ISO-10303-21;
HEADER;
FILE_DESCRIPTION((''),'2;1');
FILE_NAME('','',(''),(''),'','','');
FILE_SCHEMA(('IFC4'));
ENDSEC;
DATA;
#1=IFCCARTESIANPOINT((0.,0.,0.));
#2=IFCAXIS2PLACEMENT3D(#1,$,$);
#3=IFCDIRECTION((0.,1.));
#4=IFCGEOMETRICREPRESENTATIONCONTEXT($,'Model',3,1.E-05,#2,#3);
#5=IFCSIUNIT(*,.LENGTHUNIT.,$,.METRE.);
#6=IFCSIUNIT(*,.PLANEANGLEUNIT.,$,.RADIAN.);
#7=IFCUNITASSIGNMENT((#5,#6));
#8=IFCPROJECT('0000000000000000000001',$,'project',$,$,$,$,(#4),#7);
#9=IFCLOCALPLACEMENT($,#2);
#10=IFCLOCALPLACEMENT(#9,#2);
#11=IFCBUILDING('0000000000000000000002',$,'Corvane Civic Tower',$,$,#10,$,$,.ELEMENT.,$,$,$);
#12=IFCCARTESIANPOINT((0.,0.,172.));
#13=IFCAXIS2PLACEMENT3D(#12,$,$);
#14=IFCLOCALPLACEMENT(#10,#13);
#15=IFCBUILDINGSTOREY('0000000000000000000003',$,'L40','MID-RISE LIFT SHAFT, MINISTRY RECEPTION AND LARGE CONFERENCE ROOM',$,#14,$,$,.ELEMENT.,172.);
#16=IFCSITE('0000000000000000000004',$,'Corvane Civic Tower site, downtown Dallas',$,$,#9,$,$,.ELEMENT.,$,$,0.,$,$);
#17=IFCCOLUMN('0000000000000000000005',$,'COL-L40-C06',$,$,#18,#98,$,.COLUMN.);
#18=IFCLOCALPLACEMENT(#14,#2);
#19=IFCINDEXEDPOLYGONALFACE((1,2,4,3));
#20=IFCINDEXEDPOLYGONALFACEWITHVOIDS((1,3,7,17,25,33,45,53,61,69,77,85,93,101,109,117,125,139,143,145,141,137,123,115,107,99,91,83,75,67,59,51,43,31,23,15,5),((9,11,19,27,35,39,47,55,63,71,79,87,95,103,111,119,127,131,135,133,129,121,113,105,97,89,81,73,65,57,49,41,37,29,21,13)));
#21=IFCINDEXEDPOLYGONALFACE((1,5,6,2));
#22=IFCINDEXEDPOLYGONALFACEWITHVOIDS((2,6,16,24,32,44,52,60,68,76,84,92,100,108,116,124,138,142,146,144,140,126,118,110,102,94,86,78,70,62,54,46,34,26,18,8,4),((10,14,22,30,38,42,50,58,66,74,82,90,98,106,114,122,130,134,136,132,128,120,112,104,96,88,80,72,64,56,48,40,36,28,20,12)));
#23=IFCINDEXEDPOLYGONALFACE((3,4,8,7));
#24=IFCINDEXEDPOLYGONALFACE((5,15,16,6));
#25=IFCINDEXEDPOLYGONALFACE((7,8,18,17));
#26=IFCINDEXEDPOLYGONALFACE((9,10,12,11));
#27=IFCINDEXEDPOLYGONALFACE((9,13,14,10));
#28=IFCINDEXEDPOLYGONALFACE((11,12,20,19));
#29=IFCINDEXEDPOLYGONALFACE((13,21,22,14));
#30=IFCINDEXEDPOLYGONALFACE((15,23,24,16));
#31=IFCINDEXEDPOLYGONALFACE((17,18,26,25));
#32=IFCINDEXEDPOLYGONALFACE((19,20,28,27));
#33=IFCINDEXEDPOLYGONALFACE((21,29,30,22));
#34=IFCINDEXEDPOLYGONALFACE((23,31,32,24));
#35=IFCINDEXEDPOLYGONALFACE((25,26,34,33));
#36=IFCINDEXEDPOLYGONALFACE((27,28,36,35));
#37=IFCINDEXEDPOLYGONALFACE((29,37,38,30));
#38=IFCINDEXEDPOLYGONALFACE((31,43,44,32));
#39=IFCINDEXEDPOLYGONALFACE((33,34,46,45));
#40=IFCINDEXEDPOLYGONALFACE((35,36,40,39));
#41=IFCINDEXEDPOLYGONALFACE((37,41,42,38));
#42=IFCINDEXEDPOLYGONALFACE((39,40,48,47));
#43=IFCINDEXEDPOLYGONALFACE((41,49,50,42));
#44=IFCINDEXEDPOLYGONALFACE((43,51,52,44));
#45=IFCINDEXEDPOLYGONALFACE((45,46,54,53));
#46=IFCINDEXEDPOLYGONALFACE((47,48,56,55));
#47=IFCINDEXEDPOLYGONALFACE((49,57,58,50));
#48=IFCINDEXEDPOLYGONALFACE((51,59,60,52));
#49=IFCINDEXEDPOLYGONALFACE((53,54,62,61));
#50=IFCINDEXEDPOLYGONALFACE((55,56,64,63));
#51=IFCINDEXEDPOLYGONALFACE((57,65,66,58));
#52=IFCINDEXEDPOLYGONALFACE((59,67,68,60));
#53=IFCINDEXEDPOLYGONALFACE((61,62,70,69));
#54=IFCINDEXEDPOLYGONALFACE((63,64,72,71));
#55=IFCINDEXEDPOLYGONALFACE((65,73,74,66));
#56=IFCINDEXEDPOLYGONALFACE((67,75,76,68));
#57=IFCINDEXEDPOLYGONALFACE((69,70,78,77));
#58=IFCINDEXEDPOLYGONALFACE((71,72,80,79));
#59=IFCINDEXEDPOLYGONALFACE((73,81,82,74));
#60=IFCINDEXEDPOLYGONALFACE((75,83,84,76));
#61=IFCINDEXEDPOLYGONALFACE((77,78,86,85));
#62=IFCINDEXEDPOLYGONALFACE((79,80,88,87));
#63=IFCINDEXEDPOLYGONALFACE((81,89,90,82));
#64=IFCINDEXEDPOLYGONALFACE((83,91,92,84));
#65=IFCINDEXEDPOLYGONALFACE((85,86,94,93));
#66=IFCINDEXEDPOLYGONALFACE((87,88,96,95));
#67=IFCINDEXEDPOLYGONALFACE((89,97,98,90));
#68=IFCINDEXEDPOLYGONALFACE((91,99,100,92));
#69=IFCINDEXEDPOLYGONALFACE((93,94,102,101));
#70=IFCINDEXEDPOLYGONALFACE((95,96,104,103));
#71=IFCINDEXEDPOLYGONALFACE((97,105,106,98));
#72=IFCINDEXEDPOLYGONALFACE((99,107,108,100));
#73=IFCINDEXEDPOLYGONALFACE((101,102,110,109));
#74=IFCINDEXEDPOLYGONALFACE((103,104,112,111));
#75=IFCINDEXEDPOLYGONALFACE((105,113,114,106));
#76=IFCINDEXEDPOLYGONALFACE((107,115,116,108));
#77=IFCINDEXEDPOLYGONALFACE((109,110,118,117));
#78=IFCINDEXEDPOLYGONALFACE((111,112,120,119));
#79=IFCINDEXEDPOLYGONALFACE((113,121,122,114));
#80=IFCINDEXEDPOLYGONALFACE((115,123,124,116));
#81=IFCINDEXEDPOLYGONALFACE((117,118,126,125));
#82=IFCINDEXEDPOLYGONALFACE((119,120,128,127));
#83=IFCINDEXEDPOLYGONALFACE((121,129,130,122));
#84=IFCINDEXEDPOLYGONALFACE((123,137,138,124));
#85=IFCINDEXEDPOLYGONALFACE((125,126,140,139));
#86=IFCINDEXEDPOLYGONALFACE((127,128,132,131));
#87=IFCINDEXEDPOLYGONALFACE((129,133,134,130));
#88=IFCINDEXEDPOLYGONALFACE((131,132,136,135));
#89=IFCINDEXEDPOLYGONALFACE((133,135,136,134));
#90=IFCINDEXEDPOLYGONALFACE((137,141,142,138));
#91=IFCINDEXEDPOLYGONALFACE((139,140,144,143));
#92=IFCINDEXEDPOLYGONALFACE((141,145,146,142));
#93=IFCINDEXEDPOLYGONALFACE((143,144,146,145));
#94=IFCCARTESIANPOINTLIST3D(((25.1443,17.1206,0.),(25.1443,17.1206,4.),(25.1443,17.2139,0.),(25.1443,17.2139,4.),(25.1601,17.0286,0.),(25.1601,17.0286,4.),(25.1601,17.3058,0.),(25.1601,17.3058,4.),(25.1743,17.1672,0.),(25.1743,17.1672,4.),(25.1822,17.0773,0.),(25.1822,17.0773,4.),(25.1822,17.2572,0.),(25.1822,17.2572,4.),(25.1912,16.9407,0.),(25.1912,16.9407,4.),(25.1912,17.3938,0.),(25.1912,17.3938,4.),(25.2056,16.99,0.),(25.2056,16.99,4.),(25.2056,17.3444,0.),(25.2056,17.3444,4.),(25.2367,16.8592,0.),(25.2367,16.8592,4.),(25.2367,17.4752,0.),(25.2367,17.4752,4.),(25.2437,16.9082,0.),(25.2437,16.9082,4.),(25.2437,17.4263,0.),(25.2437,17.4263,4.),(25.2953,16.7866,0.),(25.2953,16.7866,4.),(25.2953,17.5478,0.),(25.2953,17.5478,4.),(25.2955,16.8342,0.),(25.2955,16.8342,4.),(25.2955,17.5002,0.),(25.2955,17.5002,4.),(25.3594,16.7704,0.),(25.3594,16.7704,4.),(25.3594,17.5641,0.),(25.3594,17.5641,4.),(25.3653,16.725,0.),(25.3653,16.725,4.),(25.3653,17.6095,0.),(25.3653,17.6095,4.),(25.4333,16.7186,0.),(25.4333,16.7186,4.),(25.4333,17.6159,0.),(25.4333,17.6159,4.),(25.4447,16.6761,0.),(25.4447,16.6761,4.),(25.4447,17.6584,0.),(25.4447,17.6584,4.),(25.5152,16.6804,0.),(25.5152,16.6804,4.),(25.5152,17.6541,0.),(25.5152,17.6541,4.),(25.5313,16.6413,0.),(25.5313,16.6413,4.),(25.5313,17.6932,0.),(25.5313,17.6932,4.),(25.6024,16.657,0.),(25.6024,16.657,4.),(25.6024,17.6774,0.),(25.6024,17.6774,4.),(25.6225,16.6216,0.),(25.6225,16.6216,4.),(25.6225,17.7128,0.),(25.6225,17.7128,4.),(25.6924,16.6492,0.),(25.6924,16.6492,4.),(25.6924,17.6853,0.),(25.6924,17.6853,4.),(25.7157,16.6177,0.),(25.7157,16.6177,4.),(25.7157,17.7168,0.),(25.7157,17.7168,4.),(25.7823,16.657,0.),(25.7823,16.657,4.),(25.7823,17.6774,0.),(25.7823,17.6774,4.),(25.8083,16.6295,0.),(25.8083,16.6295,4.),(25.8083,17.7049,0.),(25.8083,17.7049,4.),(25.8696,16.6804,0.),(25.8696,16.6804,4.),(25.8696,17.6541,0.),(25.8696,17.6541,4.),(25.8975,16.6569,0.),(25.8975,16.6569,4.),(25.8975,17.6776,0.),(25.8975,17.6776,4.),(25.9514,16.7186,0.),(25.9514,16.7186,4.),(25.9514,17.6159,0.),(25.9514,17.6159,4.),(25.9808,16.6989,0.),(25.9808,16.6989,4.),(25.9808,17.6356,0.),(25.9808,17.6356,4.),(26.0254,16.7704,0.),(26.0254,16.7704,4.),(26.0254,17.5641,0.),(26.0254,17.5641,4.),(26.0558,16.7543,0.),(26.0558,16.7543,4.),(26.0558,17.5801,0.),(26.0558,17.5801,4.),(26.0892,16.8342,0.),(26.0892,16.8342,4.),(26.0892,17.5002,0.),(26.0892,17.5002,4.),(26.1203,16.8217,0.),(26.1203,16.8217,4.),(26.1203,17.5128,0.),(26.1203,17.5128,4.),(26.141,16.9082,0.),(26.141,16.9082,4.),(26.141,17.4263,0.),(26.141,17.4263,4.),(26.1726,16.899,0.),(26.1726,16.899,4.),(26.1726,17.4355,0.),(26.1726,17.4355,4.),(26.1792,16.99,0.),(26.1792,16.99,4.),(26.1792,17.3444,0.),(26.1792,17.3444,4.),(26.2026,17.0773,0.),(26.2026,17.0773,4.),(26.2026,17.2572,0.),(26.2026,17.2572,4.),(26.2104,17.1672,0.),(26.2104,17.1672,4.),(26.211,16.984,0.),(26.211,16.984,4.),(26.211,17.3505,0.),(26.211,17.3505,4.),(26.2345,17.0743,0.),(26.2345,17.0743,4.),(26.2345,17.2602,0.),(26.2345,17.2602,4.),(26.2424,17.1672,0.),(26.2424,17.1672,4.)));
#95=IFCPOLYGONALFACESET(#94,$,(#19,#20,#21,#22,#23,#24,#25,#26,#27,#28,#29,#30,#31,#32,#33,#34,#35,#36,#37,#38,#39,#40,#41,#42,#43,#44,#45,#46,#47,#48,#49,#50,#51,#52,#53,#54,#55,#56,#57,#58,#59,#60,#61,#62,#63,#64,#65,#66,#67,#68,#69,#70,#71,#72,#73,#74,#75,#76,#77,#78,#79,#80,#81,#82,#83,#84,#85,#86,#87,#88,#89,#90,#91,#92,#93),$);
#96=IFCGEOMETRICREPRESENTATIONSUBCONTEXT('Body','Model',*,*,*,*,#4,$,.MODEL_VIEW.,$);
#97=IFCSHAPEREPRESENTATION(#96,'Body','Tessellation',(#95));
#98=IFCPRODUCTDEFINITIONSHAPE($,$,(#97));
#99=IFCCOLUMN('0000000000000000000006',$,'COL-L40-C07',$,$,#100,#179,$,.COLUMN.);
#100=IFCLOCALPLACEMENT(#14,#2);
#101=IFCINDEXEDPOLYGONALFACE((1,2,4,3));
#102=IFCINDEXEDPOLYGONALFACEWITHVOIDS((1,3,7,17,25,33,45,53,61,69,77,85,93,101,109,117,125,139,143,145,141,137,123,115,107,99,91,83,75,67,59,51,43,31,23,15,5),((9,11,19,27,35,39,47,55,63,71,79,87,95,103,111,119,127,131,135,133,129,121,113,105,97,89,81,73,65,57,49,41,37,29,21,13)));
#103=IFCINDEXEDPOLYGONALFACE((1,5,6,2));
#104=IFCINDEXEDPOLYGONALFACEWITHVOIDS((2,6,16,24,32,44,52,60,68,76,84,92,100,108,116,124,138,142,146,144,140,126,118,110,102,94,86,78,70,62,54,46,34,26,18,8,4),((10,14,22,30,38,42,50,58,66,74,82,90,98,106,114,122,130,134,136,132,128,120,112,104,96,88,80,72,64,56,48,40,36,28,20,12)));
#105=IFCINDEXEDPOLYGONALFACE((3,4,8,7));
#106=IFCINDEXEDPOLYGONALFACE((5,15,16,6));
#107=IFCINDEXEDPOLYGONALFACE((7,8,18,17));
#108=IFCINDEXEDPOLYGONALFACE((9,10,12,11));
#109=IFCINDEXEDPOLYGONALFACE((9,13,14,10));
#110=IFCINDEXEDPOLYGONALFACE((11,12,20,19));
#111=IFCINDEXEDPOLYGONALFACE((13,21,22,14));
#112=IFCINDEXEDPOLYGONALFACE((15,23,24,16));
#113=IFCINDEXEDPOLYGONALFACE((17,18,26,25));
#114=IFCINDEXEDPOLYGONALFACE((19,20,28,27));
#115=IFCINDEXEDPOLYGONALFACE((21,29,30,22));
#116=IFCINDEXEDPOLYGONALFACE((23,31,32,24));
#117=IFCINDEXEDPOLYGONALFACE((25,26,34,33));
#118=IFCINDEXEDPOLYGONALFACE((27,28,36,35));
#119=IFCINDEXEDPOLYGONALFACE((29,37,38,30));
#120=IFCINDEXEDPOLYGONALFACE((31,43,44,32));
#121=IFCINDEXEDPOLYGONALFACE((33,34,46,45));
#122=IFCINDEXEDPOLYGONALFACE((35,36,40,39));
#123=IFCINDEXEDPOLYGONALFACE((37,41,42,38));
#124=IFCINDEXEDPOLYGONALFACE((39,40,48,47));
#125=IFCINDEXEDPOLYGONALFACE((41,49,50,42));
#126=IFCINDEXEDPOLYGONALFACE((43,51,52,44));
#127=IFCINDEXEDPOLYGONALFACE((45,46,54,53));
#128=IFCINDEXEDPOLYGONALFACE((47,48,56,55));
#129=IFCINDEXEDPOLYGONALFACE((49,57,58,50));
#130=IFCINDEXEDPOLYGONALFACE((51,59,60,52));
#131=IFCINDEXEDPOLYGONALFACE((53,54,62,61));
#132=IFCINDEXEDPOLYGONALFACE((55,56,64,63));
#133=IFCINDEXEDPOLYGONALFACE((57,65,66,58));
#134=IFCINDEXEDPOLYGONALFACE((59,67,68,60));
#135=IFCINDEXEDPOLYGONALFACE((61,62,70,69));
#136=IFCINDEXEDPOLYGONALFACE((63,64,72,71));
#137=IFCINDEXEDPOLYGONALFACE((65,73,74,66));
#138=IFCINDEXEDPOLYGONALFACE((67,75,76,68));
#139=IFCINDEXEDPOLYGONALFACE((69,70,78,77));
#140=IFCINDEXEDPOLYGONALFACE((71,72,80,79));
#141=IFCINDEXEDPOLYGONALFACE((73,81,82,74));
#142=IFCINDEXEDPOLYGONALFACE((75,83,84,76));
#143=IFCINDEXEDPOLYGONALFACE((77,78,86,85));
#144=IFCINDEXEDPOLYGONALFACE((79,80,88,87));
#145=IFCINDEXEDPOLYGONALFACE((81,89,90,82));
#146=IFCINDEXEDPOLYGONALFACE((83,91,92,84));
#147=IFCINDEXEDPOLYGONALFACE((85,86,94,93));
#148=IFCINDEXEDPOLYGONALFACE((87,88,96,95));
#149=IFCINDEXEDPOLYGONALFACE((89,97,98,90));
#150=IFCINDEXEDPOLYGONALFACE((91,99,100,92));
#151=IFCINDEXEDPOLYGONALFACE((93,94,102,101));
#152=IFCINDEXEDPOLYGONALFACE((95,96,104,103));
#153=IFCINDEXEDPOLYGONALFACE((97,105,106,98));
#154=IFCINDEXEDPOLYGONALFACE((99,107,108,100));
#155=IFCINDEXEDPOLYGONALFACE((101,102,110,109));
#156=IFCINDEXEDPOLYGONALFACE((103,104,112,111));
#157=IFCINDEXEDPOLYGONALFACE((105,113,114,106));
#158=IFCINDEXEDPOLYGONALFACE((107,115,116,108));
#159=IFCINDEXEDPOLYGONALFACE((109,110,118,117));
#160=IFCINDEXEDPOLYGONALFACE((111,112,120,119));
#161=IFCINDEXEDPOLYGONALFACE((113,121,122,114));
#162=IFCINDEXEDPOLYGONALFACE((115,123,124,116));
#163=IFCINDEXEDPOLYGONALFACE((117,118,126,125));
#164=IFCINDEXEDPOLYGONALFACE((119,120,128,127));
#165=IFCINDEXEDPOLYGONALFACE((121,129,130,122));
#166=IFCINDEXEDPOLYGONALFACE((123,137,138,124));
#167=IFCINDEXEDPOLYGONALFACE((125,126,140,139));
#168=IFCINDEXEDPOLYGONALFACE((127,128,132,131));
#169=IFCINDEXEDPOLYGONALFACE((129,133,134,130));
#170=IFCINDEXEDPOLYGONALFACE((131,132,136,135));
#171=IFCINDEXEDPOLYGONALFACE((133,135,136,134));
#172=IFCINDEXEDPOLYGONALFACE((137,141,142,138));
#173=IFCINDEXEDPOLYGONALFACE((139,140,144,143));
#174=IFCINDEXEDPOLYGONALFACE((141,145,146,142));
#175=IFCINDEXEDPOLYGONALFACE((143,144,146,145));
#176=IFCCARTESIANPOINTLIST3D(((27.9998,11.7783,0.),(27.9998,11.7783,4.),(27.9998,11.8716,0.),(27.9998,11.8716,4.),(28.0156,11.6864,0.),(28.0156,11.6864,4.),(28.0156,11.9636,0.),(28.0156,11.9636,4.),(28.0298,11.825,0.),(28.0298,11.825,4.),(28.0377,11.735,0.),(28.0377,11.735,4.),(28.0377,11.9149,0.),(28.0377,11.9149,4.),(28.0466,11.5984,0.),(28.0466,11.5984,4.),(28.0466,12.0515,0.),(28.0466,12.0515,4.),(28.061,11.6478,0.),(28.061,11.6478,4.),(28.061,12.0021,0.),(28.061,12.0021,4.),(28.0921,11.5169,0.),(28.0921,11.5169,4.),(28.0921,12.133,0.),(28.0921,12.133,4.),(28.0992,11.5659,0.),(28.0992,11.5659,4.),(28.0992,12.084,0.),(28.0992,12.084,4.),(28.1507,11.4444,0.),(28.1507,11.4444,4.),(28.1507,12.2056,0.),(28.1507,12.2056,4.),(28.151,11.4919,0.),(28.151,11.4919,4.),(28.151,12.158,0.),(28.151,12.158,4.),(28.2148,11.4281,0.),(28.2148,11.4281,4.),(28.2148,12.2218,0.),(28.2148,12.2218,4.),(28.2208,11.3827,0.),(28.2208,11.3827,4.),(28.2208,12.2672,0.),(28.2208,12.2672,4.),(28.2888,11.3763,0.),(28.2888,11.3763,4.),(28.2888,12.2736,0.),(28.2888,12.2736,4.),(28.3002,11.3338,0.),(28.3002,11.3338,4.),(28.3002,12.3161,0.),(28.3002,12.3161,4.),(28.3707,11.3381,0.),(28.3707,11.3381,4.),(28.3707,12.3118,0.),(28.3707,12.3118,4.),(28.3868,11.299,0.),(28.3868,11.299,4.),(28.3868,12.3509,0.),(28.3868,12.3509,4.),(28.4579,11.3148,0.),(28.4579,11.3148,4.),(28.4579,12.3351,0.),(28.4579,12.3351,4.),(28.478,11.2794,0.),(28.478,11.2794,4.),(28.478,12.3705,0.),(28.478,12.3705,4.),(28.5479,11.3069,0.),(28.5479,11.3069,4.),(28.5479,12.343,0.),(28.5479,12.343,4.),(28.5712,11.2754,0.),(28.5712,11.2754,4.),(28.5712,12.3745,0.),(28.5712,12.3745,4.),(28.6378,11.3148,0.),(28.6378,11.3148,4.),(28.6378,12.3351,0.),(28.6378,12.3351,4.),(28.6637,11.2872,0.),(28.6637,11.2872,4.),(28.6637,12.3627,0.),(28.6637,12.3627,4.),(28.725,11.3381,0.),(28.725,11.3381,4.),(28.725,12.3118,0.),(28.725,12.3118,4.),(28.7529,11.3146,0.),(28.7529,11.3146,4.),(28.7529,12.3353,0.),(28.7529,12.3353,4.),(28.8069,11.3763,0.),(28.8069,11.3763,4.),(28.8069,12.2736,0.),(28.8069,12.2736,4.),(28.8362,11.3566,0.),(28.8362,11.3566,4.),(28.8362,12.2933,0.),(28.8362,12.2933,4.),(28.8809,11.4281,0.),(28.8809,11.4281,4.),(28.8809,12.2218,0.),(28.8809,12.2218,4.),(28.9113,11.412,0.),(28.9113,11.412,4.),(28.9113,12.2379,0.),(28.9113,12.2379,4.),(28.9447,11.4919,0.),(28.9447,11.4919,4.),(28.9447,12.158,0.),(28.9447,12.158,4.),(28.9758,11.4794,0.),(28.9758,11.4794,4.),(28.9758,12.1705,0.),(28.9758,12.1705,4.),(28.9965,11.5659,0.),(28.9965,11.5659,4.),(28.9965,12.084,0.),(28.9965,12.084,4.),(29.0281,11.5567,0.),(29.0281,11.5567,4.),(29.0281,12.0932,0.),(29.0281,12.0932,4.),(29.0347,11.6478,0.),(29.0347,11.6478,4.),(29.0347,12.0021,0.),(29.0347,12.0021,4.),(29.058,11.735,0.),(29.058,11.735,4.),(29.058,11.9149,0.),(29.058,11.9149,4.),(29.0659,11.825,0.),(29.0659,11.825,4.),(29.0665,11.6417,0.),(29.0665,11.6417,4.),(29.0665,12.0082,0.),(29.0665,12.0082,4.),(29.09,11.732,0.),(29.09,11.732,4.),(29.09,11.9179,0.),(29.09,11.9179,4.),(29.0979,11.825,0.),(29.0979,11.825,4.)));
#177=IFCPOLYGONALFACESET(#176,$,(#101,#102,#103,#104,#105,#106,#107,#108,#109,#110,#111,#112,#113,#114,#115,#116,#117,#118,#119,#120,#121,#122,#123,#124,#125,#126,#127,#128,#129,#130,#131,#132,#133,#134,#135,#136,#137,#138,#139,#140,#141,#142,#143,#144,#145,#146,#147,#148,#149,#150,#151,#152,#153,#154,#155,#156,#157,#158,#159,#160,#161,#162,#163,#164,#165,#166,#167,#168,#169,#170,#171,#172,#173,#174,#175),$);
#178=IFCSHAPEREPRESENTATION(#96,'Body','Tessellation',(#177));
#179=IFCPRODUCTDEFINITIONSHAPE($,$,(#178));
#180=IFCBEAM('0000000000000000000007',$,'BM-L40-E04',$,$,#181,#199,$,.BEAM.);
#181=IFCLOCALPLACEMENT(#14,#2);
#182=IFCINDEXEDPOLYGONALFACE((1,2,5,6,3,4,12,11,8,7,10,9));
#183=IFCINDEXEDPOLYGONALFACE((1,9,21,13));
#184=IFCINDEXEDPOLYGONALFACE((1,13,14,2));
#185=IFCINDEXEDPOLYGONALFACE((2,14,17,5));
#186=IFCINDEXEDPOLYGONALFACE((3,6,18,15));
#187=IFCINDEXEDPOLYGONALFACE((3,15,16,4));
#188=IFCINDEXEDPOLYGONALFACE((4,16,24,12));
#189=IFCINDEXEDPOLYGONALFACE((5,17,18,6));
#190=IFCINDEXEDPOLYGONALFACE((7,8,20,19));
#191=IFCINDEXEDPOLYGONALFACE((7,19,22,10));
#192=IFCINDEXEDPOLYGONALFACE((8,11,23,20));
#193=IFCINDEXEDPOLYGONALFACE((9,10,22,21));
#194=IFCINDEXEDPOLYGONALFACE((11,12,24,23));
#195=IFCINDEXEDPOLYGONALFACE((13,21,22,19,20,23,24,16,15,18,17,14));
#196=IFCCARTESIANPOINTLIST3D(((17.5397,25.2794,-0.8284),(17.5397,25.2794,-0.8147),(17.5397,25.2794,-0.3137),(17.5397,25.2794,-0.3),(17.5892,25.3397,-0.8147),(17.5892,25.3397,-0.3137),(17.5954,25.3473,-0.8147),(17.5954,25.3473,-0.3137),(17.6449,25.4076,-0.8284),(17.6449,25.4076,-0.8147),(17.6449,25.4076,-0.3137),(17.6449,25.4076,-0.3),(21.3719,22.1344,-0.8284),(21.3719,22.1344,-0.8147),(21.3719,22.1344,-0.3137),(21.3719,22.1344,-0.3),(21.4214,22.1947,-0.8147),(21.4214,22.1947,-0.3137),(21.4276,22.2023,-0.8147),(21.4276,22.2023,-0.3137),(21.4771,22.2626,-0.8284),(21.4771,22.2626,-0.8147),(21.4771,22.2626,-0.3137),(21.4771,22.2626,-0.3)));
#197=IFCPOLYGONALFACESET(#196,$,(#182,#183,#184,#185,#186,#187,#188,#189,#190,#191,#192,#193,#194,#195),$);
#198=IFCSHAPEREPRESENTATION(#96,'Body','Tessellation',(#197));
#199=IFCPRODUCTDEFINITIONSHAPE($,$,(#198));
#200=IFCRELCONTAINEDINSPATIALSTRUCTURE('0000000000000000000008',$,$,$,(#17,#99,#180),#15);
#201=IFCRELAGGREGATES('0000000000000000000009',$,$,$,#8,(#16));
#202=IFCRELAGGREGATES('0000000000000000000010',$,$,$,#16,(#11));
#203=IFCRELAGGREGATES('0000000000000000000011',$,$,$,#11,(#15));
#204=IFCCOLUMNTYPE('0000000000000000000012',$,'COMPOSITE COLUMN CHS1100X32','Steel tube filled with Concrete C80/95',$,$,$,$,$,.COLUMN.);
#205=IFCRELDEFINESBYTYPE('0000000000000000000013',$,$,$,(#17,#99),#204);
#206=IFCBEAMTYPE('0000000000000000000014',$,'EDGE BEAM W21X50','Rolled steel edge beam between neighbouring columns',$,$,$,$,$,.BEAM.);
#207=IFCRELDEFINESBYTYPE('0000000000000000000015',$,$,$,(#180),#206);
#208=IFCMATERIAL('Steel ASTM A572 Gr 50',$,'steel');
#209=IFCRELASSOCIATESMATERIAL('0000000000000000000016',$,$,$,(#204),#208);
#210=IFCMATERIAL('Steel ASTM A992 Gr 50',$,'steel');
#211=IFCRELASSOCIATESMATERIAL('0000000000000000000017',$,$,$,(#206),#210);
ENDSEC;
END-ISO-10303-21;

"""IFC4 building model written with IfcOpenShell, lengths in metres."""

from ifc_helpers import new_model, si_unit, direction, frame, origin, origin_2d, place, context, subcontext, project, spatial, hollow_circle, i_section, extrude, material, material_profile, profile_set, type_object, element, save


model = new_model("IFC4")

# Units and contexts
model_context = context("Model", 3, precision=1e-05, world=origin(), true_north=direction((0.0, 1.0)))
body_context = subcontext(model_context, "Body", "Model", "MODEL_VIEW")
ifc_project = project(units=[si_unit("LENGTHUNIT", "METRE"), si_unit("PLANEANGLEUNIT", "RADIAN")], contexts=[model_context])

# Site, building, storey
site_placement = place(None, origin())
site = spatial("IfcSite", under=ifc_project, at=site_placement, Name="Corvane Civic Tower site, downtown Dallas", CompositionType="ELEMENT", RefElevation=0.0)
building_placement = place(site_placement, origin())
building = spatial("IfcBuilding", under=site, at=building_placement, Name="Corvane Civic Tower", CompositionType="ELEMENT")
storey_placement = place(building_placement, frame((0.0, 0.0, 172.0)))
storey = spatial("IfcBuildingStorey", under=building, at=storey_placement, Name="L40", Description="MID-RISE LIFT SHAFT, MINISTRY RECEPTION AND LARGE CONFERENCE ROOM", CompositionType="ELEMENT", Elevation=172.0)

# Columns
ifc_material_1 = material(Name="Steel ASTM A572 Gr 50", Category="steel")
ifc_material_profile_1 = material_profile(ifc_material_1, hollow_circle(Radius=0.55, WallThickness=0.032, at=origin_2d()), Name="CHS1100X32")
ifc_profile_set_1 = profile_set([ifc_material_profile_1], Name="Steel ASTM A572 Gr 50")
column_type = type_object("IfcColumnType", Name="COMPOSITE COLUMN CHS1100X32", Description="Steel tube filled with Concrete C80/95", PredefinedType="COLUMN", material=ifc_profile_set_1)
for number, where, z_axis, x_axis, name in (
    (1, (25.6924, 17.1672, 0.0), (0.0, 0.0, 1.0), (1.0, 0.0, 0.0), "COL-L40-C06"),
    (2, (28.5479, 11.825, 0.0), (0.0, 0.0, 1.0), (1.0, 0.0, 0.0), "COL-L40-C07"),
):
    element("IfcColumn", number, at=place(storey_placement, frame(where, z_axis=z_axis, x_axis=x_axis)), inside=storey, type_object=column_type, Name=name, PredefinedType="COLUMN", context=body_context, shape_type="SweptSolid", body=[
        extrude(hollow_circle(Radius=0.55, WallThickness=0.032, at=origin_2d()), origin(), (0.0, 0.0, 1.0), 4.0),
    ])

# Beam
ifc_material_2 = material(Name="Steel ASTM A992 Gr 50", Category="steel")
ifc_material_profile_2 = material_profile(ifc_material_2, i_section(OverallWidth=0.1658, OverallDepth=0.5283, WebThickness=0.0098, FlangeThickness=0.0137, at=origin_2d()), Name="W21X50")
ifc_profile_set_2 = profile_set([ifc_material_profile_2], Name="Steel ASTM A992 Gr 50")
beam_type_1 = type_object("IfcBeamType", Name="EDGE BEAM W21X50", Description="Rolled steel edge beam between neighbouring columns", PredefinedType="BEAM", material=ifc_profile_set_2)
for number, where, z_axis, x_axis, name in (
    (3, (17.5923, 25.3435, -0.5642), (0.773015, -0.634388, 0.0), (0.634388, 0.773015, 0.0), "BM-L40-E04"),
):
    element("IfcBeam", number, at=place(storey_placement, frame(where, z_axis=z_axis, x_axis=x_axis)), inside=storey, type_object=beam_type_1, Name=name, PredefinedType="BEAM", context=body_context, shape_type="SweptSolid", body=[
        extrude(i_section(OverallWidth=0.1658, OverallDepth=0.5283, WebThickness=0.0098, FlangeThickness=0.0137, at=origin_2d()), origin(), (0.0, 0.0, 1.0), 4.9575),
    ])

save(model, "model.ifc")
